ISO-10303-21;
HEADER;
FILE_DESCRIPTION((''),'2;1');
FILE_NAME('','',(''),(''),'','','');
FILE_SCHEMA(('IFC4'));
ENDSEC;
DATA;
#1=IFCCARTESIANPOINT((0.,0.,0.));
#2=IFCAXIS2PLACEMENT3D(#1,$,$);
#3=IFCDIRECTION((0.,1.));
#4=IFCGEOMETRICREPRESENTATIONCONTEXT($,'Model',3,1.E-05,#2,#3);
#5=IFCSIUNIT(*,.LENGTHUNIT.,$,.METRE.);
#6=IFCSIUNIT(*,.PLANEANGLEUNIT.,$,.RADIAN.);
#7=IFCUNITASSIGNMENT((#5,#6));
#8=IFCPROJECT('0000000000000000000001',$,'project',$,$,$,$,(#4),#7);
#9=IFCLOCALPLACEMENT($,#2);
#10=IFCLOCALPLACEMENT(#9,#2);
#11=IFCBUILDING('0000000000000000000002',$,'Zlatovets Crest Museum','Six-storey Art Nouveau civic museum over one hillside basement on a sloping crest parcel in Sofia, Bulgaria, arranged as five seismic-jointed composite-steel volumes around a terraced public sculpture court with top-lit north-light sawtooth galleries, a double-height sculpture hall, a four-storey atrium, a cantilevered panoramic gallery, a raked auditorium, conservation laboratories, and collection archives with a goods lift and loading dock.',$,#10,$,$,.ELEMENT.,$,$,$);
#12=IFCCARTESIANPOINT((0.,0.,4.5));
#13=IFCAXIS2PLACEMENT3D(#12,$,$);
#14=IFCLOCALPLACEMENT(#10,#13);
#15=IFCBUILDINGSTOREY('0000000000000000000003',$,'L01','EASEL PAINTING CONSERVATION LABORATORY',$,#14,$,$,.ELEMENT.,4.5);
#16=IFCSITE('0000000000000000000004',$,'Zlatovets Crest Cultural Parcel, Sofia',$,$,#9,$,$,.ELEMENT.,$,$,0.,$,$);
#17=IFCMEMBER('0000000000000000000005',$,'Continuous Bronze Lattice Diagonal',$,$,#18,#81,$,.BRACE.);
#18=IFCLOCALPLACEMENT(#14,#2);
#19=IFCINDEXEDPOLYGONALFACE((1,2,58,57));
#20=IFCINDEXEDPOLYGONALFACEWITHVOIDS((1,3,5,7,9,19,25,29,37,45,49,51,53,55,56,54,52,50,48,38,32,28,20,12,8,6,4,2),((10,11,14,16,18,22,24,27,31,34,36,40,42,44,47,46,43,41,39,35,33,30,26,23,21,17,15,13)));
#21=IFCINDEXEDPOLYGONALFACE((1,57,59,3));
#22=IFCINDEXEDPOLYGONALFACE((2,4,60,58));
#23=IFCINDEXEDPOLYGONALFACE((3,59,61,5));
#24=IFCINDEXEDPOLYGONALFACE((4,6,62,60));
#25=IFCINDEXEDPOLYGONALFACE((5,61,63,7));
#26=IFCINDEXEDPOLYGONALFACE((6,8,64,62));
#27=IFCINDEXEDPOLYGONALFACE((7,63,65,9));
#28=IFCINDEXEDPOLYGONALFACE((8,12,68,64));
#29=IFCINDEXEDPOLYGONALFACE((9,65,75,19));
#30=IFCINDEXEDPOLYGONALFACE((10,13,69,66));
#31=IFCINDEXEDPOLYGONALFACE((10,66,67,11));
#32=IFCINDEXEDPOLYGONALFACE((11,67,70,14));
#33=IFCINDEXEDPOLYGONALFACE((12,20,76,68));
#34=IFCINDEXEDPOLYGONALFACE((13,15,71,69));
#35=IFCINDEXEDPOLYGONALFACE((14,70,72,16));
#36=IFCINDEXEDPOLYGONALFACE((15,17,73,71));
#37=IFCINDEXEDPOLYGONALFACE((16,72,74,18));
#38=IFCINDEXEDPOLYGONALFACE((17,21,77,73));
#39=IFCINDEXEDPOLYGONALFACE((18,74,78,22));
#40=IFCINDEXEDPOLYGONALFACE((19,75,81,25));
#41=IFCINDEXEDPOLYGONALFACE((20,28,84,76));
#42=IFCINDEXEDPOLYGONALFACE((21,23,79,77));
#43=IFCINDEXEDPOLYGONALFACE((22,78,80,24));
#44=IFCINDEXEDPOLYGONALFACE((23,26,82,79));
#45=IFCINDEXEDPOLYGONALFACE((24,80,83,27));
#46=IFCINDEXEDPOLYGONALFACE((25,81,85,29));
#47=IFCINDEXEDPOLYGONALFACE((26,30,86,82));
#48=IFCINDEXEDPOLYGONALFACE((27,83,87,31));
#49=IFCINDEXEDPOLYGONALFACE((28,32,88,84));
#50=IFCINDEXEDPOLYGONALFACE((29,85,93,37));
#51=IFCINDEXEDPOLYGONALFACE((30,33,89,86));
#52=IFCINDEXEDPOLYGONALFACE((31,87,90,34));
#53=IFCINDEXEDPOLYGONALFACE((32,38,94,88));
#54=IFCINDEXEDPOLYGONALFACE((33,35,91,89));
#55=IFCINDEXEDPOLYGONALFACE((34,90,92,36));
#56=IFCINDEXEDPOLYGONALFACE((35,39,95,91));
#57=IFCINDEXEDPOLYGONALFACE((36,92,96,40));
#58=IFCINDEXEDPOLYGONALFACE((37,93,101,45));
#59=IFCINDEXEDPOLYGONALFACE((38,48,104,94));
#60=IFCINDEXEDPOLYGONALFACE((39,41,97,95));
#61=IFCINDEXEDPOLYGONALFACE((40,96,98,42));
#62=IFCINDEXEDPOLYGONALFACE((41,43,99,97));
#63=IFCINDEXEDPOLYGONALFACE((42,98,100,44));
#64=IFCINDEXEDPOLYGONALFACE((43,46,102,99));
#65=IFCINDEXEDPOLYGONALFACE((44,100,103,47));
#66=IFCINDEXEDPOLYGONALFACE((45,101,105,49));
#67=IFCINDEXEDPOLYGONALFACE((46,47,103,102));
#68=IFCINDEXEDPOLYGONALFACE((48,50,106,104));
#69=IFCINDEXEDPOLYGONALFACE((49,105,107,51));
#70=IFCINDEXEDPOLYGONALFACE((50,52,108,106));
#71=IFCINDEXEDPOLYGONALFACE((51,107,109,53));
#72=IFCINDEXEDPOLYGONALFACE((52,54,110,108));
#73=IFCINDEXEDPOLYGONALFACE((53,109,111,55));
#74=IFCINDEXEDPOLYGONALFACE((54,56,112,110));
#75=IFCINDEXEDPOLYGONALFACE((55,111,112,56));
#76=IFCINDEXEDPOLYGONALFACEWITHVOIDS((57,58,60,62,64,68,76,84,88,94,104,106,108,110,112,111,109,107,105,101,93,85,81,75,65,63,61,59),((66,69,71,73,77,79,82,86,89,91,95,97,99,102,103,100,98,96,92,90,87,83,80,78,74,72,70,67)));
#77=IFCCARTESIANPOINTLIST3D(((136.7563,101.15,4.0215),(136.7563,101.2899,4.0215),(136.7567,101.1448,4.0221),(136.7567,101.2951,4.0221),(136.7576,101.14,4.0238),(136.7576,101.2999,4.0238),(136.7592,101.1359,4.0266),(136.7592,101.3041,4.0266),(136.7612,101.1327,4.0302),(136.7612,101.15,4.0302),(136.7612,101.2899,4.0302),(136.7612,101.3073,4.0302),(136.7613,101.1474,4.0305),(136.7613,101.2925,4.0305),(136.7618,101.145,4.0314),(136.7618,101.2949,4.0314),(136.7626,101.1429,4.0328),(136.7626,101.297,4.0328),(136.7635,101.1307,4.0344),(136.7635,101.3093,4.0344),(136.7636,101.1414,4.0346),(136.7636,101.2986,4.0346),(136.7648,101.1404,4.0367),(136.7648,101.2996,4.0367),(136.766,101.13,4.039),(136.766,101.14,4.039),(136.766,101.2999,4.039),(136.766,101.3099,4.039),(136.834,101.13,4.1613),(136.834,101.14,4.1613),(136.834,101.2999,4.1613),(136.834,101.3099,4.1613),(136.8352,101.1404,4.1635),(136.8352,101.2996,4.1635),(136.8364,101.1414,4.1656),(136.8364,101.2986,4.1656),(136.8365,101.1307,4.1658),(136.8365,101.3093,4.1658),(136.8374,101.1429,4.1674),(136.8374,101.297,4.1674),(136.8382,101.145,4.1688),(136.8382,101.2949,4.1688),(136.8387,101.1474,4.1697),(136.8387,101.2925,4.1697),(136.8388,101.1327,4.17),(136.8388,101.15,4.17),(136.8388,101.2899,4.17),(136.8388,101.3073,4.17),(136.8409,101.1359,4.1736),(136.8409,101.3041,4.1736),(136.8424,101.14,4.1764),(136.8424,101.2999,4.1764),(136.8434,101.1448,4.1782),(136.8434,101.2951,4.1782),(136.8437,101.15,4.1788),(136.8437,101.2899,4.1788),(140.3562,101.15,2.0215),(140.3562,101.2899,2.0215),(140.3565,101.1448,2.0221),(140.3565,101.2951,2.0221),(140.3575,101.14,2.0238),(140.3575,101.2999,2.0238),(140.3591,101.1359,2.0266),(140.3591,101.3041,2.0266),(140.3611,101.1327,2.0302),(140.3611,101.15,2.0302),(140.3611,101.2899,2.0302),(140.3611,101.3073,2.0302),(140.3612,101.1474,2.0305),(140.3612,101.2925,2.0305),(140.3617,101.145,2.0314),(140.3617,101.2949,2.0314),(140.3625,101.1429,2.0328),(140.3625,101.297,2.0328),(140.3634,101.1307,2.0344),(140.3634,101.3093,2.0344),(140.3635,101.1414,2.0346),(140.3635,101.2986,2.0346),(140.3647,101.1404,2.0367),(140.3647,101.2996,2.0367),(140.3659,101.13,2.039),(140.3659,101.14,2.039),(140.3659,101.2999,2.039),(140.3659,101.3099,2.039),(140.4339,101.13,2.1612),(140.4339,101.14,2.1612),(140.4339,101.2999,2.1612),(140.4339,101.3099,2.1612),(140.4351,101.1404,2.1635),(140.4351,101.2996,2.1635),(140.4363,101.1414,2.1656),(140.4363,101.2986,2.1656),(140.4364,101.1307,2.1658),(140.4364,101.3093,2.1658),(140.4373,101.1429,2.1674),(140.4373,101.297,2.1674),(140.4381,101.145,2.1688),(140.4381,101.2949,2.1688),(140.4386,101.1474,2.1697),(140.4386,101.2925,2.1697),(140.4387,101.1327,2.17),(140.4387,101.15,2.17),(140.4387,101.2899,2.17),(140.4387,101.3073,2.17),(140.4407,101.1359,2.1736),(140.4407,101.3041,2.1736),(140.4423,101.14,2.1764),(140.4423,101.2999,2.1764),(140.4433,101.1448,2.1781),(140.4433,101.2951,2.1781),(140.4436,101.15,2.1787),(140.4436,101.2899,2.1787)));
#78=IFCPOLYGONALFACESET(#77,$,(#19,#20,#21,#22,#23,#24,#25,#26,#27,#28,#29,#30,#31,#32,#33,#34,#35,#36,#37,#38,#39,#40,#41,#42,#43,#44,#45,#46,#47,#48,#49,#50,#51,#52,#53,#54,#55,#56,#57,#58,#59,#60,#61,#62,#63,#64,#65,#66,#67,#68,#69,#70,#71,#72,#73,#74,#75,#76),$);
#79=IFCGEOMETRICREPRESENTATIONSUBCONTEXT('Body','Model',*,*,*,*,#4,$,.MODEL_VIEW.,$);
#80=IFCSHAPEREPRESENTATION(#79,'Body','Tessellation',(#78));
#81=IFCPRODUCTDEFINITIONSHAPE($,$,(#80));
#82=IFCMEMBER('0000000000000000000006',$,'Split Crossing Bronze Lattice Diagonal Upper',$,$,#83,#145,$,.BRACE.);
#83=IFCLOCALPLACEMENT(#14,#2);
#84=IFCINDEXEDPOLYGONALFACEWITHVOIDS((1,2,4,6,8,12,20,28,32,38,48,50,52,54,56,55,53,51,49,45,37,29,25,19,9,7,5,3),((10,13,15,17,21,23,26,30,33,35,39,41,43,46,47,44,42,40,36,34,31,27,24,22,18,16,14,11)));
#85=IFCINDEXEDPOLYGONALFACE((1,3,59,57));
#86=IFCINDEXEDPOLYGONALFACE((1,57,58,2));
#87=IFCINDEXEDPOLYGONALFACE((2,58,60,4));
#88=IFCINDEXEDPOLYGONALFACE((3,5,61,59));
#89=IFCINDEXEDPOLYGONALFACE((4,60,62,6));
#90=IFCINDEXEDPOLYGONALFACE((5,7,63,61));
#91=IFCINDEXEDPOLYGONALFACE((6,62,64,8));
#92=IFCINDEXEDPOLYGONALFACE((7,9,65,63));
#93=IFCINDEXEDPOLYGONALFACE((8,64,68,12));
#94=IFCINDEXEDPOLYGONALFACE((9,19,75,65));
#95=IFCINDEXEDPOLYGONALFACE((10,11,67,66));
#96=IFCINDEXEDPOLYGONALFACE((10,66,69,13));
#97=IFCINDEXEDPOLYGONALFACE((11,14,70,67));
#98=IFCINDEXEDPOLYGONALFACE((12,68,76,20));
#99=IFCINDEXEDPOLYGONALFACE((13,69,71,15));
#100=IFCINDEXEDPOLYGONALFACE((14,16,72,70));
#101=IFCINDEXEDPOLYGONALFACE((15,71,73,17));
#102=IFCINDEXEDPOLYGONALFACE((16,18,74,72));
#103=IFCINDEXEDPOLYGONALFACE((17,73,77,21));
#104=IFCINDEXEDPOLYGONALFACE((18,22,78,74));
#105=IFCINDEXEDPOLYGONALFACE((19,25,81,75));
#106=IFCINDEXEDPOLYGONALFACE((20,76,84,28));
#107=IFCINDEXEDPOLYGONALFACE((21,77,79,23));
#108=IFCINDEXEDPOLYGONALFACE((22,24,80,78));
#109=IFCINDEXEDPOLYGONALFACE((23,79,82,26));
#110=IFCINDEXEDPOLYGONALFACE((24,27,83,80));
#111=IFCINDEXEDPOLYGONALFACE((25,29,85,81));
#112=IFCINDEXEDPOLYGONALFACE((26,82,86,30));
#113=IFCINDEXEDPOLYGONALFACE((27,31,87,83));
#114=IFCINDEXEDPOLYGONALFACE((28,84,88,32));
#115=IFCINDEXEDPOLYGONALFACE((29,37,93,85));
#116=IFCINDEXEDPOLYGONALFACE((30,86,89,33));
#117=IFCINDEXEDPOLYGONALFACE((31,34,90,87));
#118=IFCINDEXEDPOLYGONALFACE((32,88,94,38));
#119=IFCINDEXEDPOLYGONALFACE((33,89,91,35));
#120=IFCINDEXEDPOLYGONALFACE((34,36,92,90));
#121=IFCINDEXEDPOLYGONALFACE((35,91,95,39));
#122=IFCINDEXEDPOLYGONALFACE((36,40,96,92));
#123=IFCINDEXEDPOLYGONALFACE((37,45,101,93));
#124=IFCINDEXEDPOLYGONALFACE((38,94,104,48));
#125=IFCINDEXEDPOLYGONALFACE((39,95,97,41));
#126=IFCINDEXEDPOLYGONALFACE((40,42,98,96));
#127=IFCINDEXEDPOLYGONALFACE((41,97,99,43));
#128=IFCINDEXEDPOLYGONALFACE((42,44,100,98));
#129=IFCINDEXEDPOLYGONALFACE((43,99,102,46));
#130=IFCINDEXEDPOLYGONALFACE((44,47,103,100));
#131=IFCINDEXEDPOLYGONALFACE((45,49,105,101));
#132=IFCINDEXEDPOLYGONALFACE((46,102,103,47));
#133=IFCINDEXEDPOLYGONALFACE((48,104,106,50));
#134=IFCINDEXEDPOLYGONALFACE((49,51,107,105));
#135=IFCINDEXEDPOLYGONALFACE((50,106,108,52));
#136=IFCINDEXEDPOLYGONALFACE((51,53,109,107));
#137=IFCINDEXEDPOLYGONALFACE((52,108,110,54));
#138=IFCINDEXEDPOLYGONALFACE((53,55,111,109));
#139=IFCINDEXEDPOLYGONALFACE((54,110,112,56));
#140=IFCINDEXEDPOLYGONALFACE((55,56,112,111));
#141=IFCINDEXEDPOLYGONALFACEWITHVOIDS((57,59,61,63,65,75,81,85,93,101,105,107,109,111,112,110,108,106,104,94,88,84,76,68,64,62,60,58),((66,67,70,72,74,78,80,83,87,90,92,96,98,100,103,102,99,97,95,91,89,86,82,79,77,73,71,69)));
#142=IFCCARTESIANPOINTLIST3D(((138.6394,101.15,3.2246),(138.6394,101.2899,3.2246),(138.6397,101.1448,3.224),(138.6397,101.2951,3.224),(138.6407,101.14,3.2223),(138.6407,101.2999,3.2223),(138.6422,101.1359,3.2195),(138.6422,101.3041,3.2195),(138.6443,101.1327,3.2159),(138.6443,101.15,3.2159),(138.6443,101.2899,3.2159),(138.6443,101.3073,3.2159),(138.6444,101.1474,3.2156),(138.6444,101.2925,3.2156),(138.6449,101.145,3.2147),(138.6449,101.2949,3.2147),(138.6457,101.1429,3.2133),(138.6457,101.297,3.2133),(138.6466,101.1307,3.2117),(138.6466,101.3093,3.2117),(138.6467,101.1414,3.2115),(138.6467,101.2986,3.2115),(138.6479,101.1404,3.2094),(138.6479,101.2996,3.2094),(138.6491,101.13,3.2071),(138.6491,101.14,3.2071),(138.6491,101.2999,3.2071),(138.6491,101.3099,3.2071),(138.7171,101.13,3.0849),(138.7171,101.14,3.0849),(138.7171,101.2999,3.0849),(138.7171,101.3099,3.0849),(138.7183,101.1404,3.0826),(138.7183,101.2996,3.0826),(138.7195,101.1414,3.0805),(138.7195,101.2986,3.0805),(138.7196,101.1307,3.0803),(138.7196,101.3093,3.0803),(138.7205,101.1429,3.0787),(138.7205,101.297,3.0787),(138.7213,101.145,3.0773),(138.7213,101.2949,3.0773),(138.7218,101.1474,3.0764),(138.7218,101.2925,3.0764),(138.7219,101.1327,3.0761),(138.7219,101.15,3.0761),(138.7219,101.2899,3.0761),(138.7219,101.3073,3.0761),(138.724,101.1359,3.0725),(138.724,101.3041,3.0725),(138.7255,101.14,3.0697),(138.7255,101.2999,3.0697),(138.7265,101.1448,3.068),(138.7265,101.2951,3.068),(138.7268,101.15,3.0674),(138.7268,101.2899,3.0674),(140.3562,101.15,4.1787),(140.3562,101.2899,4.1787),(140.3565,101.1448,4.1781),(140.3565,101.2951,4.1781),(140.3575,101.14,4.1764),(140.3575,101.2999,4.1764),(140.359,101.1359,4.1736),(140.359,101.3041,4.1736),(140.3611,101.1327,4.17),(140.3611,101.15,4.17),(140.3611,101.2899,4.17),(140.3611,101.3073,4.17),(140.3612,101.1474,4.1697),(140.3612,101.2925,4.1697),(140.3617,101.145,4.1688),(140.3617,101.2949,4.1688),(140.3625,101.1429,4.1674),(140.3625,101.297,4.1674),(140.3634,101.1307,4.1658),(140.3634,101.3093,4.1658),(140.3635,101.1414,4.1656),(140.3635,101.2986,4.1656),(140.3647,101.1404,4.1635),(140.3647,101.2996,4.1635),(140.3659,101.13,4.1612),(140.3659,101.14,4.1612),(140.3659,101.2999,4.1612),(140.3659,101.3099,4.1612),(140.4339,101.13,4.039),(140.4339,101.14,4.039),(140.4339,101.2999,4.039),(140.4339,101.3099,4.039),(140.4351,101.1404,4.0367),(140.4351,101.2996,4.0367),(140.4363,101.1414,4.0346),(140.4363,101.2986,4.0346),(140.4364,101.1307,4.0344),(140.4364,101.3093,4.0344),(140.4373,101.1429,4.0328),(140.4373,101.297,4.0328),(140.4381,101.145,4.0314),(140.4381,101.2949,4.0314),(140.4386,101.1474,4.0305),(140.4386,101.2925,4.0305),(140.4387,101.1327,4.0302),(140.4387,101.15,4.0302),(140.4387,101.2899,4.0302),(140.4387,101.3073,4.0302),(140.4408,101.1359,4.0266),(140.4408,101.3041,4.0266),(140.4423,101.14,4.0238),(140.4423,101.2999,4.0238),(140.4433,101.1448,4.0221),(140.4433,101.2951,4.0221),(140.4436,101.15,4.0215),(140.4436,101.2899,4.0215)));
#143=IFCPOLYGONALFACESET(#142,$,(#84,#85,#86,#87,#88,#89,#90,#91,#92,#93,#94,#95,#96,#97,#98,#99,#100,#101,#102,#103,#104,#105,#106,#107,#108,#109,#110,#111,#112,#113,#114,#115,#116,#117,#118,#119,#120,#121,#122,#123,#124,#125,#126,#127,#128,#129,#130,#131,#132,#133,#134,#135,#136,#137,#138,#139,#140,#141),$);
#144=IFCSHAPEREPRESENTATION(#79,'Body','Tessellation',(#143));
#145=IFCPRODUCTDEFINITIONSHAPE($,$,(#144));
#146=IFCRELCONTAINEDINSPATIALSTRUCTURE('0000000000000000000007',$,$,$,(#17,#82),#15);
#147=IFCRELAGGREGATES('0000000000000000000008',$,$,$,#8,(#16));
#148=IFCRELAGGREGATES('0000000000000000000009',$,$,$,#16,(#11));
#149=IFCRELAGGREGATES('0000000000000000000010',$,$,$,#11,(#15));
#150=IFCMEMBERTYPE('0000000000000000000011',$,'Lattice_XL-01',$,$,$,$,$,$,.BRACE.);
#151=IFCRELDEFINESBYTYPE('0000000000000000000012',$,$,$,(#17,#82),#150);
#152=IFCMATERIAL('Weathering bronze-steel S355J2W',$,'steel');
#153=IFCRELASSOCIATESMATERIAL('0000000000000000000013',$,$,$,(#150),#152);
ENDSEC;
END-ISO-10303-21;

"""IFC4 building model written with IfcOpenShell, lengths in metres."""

from ifc_helpers import new_model, si_unit, direction, frame, origin, origin_2d, place, context, subcontext, project, spatial, hollow_rectangle, extrude, material, material_profile, profile_set, type_object, element, save


model = new_model("IFC4")

# Units and contexts
model_context = context("Model", 3, precision=1e-05, world=origin(), true_north=direction((0.0, 1.0)))
body_context = subcontext(model_context, "Body", "Model", "MODEL_VIEW")
ifc_project = project(units=[si_unit("LENGTHUNIT", "METRE"), si_unit("PLANEANGLEUNIT", "RADIAN")], contexts=[model_context])

# Site, building, storey
site_placement = place(None, origin())
site = spatial("IfcSite", under=ifc_project, at=site_placement, Name="Zlatovets Crest Cultural Parcel, Sofia", CompositionType="ELEMENT", RefElevation=0.0)
building_placement = place(site_placement, origin())
building = spatial("IfcBuilding", under=site, at=building_placement, Name="Zlatovets Crest Museum", Description="Six-storey Art Nouveau civic museum over one hillside basement on a sloping crest parcel in Sofia, Bulgaria, arranged as five seismic-jointed composite-steel volumes around a terraced public sculpture court with top-lit north-light sawtooth galleries, a double-height sculpture hall, a four-storey atrium, a cantilevered panoramic gallery, a raked auditorium, conservation laboratories, and collection archives with a goods lift and loading dock.", CompositionType="ELEMENT")
storey_placement = place(building_placement, frame((0.0, 0.0, 4.5)))
storey = spatial("IfcBuildingStorey", under=building, at=storey_placement, Name="L01", Description="EASEL PAINTING CONSERVATION LABORATORY", CompositionType="ELEMENT", Elevation=4.5)

# Members
ifc_material_1 = material(Name="Weathering bronze-steel S355J2W", Category="steel")
ifc_material_profile_1 = material_profile(ifc_material_1, hollow_rectangle(XDim=0.1799, YDim=0.1799, WallThickness=0.01, InnerFilletRadius=0.01, OuterFilletRadius=0.02, at=origin_2d()), Name="SHS 180x180x10.0")
ifc_profile_set_1 = profile_set([ifc_material_profile_1], Name="Weathering bronze-steel S355J2W")
member_type_1 = type_object("IfcMemberType", Name="Lattice_XL-01", PredefinedType="BRACE", material=ifc_profile_set_1)
member_1_placement = place(storey_placement, frame((140.3999, 101.22, 2.1001), z_axis=(-0.874149, 0.0, 0.485658), x_axis=(0.0, -1.0, 0.0)))
element("IfcMember", 1, at=member_1_placement, inside=storey, type_object=member_type_1, Name="Continuous Bronze Lattice Diagonal", PredefinedType="BRACE", context=body_context, shape_type="SweptSolid", body=[
    extrude(hollow_rectangle(XDim=0.1799, YDim=0.1799, WallThickness=0.01, InnerFilletRadius=0.01, OuterFilletRadius=0.02, at=origin_2d()), origin(), (0.0, 0.0, 1.0), 4.1182),
])
for number, where, z_axis, x_axis, name in (
    (2, (140.3999, 101.22, 4.1001), (-0.874087, 0.0, -0.48577), (0.0, -1.0, 0.0), "Split Crossing Bronze Lattice Diagonal Upper"),
):
    element("IfcMember", number, at=place(storey_placement, frame(where, z_axis=z_axis, x_axis=x_axis)), inside=storey, type_object=member_type_1, Name=name, PredefinedType="BRACE", context=body_context, shape_type="SweptSolid", body=[
        extrude(hollow_rectangle(XDim=0.1799, YDim=0.1799, WallThickness=0.01, InnerFilletRadius=0.01, OuterFilletRadius=0.02, at=origin_2d()), origin(), (0.0, 0.0, 1.0), 1.9641),
    ])

save(model, "model.ifc")
